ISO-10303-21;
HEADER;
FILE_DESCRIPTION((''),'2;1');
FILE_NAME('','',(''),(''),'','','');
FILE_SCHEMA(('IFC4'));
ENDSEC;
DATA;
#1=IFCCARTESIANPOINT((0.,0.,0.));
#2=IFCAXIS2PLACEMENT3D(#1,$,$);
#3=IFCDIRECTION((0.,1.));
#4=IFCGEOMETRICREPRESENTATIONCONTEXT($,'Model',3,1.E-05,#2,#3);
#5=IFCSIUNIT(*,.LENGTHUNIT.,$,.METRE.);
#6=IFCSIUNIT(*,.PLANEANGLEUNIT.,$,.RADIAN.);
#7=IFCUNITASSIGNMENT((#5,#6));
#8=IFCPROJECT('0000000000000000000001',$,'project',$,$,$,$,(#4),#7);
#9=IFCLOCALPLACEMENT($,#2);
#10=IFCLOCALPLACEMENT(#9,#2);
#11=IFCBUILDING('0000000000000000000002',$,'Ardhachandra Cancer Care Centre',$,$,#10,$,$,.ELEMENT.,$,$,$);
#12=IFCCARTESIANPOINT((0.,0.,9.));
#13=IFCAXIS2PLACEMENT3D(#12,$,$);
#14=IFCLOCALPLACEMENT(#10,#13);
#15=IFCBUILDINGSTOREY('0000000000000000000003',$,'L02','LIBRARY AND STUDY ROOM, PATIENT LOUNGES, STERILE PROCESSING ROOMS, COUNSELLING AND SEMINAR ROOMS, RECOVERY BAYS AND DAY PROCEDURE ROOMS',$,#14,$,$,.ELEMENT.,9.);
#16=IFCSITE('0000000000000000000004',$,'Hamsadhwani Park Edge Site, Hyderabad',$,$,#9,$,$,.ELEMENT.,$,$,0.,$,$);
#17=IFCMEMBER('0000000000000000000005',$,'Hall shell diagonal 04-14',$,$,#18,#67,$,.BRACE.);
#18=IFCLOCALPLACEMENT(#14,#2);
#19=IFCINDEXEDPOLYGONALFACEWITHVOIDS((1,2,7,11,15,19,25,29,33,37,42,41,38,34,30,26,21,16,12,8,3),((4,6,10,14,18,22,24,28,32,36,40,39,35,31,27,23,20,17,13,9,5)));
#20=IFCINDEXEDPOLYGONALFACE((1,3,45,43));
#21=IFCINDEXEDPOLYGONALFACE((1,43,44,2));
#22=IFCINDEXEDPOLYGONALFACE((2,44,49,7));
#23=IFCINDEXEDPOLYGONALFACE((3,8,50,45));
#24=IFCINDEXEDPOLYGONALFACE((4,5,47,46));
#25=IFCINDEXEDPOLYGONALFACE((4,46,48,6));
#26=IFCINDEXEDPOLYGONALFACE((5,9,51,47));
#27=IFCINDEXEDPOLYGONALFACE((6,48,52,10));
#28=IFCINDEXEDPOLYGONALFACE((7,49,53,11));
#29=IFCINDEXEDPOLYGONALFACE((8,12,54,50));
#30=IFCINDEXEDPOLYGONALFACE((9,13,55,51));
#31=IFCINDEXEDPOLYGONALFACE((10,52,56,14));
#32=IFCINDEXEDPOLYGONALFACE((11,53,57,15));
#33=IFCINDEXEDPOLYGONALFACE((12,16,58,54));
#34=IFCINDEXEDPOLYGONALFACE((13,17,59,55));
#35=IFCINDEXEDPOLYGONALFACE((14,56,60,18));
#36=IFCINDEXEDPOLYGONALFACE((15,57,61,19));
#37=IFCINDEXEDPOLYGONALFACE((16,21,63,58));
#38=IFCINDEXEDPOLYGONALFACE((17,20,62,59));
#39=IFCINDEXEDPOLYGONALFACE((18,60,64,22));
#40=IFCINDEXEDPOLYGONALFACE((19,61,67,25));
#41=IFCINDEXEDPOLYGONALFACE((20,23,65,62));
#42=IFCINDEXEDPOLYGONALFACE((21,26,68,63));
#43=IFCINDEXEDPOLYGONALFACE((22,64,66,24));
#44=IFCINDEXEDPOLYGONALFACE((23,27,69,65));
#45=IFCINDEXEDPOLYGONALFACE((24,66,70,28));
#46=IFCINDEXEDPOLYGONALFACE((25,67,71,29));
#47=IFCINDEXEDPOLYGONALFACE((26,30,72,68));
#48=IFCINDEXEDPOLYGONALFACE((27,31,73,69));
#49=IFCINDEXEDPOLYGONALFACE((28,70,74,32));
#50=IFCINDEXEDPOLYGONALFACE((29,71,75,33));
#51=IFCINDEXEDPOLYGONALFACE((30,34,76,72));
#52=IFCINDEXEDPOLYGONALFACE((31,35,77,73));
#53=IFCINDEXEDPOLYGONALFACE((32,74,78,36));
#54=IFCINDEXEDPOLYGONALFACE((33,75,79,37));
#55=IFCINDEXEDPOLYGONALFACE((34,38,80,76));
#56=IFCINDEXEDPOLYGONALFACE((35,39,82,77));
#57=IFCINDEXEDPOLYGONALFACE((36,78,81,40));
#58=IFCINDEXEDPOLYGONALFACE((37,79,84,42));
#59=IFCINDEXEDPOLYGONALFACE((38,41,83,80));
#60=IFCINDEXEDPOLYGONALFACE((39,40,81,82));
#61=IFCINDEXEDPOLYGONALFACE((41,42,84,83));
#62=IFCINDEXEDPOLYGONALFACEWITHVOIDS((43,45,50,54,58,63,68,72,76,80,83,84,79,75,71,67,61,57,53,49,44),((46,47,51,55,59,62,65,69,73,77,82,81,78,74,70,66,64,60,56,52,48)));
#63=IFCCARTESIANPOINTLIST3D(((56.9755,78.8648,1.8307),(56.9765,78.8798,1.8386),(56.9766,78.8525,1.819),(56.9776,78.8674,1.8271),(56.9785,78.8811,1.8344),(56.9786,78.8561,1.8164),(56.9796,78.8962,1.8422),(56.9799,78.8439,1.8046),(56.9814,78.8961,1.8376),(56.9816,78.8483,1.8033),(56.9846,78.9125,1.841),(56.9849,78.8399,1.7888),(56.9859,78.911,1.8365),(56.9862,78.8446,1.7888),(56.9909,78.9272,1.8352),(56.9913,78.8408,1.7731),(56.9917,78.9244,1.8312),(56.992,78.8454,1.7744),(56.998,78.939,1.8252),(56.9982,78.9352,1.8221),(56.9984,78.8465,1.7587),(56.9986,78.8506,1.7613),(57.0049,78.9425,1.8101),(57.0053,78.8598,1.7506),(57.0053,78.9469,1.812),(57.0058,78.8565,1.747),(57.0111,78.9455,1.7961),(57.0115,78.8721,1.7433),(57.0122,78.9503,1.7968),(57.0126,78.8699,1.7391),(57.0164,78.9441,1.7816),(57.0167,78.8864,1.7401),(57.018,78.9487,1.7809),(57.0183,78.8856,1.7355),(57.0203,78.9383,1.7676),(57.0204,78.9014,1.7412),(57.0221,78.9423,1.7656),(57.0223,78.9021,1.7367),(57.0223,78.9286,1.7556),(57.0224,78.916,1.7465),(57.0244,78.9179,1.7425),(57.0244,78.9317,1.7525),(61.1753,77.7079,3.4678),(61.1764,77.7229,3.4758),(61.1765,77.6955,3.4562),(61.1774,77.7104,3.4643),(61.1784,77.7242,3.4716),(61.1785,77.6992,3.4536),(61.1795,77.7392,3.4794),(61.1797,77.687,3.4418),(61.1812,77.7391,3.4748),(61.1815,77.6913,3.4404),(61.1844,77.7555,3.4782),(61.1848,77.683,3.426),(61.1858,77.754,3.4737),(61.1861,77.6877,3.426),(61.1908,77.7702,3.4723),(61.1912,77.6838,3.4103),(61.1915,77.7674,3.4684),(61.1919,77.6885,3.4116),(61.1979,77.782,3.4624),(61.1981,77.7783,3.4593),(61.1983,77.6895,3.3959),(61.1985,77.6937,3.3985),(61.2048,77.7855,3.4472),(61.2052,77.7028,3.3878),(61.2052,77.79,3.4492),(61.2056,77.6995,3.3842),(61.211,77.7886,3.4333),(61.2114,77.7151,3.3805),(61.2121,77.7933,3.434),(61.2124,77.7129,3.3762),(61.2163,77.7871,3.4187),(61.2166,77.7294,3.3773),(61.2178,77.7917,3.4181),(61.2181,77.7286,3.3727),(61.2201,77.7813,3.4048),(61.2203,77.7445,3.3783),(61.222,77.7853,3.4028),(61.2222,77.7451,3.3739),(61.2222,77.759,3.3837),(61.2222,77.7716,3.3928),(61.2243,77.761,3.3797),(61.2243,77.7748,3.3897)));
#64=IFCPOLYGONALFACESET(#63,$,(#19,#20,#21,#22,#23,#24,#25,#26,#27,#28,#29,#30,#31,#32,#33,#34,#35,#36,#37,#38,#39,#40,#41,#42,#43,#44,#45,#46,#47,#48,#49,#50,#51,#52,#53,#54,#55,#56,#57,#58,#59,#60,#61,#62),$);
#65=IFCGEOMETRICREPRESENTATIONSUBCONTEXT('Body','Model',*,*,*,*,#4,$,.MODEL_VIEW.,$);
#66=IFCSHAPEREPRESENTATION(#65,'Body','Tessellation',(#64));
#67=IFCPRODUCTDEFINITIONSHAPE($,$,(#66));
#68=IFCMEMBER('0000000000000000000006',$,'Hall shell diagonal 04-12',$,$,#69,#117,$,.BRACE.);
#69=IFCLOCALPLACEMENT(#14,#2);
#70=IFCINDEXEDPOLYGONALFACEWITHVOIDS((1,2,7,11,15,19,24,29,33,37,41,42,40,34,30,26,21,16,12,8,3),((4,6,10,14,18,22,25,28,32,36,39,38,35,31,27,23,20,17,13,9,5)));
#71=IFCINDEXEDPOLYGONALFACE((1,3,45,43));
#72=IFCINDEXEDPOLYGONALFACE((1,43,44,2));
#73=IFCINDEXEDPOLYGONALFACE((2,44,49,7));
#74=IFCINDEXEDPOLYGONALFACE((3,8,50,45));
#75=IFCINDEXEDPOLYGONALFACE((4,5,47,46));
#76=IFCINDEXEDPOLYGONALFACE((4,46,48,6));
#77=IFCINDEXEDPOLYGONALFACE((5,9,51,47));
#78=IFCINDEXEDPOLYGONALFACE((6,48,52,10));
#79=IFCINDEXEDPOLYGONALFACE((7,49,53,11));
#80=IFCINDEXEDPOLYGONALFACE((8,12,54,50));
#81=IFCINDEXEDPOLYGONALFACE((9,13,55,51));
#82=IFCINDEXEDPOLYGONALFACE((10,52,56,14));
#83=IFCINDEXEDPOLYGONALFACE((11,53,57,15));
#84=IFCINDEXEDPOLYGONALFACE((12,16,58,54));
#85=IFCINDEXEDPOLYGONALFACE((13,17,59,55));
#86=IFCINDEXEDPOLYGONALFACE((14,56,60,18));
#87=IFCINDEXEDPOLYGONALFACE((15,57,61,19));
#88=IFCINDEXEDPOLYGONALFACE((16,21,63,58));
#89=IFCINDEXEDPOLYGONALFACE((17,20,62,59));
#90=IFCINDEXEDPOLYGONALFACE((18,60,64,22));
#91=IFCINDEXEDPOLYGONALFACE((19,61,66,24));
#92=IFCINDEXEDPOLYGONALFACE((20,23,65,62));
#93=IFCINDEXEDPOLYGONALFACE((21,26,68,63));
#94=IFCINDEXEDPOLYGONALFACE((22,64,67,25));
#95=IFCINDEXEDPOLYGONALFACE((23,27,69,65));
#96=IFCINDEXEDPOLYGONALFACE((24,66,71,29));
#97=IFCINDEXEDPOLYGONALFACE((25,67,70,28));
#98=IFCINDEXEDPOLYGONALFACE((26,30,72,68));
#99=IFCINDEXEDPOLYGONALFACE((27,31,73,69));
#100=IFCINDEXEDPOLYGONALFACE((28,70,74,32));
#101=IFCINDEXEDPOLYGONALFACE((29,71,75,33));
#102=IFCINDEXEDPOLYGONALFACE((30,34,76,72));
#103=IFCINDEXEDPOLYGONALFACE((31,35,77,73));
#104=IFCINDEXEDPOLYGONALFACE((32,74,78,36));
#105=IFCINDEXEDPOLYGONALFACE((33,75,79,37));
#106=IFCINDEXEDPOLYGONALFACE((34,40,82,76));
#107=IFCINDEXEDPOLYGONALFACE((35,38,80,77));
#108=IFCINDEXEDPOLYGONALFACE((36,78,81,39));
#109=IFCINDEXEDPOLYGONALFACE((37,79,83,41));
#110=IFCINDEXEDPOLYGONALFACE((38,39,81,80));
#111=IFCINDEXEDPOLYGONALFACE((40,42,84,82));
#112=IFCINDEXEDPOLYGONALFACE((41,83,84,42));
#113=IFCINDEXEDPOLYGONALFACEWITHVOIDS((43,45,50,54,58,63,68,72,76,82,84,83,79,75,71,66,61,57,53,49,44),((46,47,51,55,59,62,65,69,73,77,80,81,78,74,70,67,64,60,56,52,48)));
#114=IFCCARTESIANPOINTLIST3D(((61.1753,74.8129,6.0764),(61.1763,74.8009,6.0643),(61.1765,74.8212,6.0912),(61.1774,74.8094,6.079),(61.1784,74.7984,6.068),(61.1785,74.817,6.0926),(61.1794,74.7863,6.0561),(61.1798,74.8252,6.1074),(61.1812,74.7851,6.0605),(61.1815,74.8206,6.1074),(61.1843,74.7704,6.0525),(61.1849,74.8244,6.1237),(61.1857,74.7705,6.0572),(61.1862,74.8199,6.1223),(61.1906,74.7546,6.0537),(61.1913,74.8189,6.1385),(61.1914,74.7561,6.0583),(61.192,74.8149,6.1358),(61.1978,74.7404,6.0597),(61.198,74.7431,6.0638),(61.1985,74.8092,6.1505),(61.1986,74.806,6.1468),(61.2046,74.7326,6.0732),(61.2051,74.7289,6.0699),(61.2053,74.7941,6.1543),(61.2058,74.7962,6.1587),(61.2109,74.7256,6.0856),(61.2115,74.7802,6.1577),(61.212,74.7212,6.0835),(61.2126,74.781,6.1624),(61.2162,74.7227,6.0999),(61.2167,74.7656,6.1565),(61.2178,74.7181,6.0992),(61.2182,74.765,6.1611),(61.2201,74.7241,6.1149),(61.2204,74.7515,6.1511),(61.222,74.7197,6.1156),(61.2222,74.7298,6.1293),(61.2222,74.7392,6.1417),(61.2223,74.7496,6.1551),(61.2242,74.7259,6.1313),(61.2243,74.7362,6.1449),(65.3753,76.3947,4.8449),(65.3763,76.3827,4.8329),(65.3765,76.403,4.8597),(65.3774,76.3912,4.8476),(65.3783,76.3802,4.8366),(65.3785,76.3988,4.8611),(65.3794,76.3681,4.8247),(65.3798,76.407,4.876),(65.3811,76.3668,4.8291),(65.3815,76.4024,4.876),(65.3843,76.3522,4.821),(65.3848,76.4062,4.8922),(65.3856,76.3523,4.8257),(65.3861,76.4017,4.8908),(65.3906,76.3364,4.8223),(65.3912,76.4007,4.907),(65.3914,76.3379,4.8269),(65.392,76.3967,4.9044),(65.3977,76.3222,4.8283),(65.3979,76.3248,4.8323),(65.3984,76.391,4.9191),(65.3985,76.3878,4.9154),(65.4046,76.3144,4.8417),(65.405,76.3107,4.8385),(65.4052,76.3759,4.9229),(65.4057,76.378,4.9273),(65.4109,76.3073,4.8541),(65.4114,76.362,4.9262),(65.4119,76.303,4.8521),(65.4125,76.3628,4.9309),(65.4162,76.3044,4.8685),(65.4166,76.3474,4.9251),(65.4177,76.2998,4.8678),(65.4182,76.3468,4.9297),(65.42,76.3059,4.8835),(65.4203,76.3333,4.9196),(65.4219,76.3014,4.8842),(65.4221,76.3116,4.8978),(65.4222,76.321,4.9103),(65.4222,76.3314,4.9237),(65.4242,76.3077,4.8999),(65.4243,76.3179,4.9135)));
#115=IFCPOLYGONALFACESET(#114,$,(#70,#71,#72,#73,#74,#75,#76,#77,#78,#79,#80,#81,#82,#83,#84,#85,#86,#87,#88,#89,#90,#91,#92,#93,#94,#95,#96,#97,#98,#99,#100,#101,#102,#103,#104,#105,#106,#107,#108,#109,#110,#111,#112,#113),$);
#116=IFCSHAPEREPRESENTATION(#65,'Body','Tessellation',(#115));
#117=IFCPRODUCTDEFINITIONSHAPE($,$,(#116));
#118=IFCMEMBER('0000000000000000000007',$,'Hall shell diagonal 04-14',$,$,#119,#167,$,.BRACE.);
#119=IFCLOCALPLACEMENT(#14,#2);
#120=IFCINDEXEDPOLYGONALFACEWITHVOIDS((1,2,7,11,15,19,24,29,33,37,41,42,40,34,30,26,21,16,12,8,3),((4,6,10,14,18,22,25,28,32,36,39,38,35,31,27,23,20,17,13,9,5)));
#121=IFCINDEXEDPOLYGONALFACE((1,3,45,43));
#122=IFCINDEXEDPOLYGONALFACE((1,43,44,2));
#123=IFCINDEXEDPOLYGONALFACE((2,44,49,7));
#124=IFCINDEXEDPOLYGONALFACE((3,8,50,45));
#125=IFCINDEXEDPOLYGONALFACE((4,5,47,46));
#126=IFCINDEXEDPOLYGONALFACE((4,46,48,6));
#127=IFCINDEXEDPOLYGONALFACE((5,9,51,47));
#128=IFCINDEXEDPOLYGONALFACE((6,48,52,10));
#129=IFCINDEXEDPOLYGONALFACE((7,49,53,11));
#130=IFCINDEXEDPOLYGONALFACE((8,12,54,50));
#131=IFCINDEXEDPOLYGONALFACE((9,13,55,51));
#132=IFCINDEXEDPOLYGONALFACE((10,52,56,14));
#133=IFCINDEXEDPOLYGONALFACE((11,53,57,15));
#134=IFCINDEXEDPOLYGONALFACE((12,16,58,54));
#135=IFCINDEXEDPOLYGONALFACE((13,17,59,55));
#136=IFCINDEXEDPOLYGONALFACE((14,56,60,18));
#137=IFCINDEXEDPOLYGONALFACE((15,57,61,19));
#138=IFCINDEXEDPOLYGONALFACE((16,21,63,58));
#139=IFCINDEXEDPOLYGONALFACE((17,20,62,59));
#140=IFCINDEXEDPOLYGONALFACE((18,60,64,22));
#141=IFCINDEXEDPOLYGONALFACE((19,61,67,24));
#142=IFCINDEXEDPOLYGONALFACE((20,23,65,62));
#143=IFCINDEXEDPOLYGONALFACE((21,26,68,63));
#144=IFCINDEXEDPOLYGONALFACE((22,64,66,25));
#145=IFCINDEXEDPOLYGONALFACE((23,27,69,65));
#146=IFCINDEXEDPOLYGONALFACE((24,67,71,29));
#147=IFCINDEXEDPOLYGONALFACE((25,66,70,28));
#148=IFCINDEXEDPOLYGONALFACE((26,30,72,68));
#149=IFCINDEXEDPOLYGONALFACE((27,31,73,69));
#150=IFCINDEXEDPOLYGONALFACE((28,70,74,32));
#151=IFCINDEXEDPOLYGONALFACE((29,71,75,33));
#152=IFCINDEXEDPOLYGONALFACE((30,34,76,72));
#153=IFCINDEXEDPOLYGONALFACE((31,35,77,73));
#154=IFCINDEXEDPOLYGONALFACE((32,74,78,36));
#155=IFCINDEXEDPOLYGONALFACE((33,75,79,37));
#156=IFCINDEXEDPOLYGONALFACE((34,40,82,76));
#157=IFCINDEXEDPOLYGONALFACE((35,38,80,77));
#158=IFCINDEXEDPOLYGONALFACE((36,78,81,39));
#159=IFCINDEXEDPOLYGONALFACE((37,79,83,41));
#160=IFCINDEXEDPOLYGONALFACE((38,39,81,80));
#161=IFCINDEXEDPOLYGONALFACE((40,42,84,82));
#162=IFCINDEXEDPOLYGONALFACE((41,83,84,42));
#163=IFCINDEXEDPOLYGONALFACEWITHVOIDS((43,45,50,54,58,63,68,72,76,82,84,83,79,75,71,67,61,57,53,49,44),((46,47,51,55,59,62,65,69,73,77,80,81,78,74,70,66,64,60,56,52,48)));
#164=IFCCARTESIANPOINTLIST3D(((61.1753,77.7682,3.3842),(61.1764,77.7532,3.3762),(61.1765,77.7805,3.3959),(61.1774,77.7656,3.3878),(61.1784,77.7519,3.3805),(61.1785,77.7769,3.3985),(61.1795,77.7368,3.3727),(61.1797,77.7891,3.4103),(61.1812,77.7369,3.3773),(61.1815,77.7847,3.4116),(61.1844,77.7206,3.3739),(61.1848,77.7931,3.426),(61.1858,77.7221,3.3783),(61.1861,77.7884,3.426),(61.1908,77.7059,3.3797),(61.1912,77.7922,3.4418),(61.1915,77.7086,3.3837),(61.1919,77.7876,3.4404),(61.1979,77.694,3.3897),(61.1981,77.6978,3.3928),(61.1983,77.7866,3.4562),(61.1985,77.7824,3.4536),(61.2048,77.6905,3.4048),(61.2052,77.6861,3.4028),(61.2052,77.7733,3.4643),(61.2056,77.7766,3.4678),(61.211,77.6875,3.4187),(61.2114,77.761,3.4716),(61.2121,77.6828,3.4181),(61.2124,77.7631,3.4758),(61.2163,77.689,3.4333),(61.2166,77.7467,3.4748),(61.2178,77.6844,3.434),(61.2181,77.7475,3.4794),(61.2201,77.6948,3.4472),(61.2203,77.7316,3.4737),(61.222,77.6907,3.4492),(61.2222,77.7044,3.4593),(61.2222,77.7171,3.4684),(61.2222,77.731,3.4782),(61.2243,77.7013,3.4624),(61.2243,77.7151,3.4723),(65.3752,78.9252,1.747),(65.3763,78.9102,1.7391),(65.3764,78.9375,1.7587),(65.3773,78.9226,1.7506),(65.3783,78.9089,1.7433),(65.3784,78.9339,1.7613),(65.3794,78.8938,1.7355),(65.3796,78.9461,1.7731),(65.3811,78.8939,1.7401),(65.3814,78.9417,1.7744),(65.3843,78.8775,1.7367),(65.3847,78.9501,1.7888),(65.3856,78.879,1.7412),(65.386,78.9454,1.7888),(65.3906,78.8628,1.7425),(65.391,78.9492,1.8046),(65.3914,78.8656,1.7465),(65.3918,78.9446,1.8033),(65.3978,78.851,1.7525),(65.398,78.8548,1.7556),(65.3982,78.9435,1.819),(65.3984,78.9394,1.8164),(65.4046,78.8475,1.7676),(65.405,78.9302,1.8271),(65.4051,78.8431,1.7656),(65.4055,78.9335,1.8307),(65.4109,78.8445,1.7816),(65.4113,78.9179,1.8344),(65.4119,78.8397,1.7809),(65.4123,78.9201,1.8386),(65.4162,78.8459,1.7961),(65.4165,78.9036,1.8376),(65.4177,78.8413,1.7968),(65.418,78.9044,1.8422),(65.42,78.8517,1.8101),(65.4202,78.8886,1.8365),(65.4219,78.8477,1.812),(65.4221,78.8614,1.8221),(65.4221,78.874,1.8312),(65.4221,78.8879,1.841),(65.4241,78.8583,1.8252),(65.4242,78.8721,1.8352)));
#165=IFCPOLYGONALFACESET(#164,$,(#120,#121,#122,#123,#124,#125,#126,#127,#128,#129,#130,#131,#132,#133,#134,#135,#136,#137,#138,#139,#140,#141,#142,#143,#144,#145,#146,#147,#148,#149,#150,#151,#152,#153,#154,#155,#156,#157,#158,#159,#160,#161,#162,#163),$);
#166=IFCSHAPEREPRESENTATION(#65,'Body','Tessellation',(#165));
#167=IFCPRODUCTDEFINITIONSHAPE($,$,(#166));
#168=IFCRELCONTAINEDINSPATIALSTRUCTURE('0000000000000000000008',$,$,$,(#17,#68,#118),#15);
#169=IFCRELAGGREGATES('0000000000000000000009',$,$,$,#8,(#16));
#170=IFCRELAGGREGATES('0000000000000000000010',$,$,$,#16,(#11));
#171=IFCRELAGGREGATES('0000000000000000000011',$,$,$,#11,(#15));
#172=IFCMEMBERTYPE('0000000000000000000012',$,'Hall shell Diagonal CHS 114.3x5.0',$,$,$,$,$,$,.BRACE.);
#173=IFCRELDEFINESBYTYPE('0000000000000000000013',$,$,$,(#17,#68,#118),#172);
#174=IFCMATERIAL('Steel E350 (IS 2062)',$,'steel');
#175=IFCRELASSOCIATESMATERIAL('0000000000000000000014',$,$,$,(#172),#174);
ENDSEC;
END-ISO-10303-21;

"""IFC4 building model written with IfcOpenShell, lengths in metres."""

from ifc_helpers import new_model, si_unit, direction, frame, origin, origin_2d, place, context, subcontext, project, spatial, hollow_circle, extrude, material, material_profile, profile_set, type_object, element, save


model = new_model("IFC4")

# Units and contexts
model_context = context("Model", 3, precision=1e-05, world=origin(), true_north=direction((0.0, 1.0)))
body_context = subcontext(model_context, "Body", "Model", "MODEL_VIEW")
ifc_project = project(units=[si_unit("LENGTHUNIT", "METRE"), si_unit("PLANEANGLEUNIT", "RADIAN")], contexts=[model_context])

# Site, building, storey
site_placement = place(None, origin())
site = spatial("IfcSite", under=ifc_project, at=site_placement, Name="Hamsadhwani Park Edge Site, Hyderabad", CompositionType="ELEMENT", RefElevation=0.0)
building_placement = place(site_placement, origin())
building = spatial("IfcBuilding", under=site, at=building_placement, Name="Ardhachandra Cancer Care Centre", CompositionType="ELEMENT")
storey_placement = place(building_placement, frame((0.0, 0.0, 9.0)))
storey = spatial("IfcBuildingStorey", under=building, at=storey_placement, Name="L02", Description="LIBRARY AND STUDY ROOM, PATIENT LOUNGES, STERILE PROCESSING ROOMS, COUNSELLING AND SEMINAR ROOMS, RECOVERY BAYS AND DAY PROCEDURE ROOMS", CompositionType="ELEMENT", Elevation=9.0)

# Members
ifc_material_1 = material(Name="Steel E350 (IS 2062)", Category="steel")
ifc_material_profile_1 = material_profile(ifc_material_1, hollow_circle(Radius=0.0571, WallThickness=0.0049, at=origin_2d()), Name="CHS 114.3x5.0")
ifc_profile_set_1 = profile_set([ifc_material_profile_1], Name="Steel E350 (IS 2062)")
member_type_1 = type_object("IfcMemberType", Name="Hall shell Diagonal CHS 114.3x5.0", PredefinedType="BRACE", material=ifc_profile_set_1)
for number, where, z_axis, x_axis, name in (
    (1, (61.2, 77.738, 3.426), (-0.902461, 0.248606, -0.351794), (-0.265582, -0.964088, 0.0), "Hall shell diagonal 04-14"),
    (2, (61.2, 74.7717, 6.1074), (0.902473, 0.33989, -0.264609), (-0.352453, 0.93583, 0.0), "Hall shell diagonal 04-12"),
    (3, (61.2, 77.738, 3.426), (0.902461, 0.248606, -0.351794), (-0.265582, 0.964088, 0.0), "Hall shell diagonal 04-14"),
):
    element("IfcMember", number, at=place(storey_placement, frame(where, z_axis=z_axis, x_axis=x_axis)), inside=storey, type_object=member_type_1, Name=name, PredefinedType="BRACE", context=body_context, shape_type="SweptSolid", body=[
        extrude(hollow_circle(Radius=0.0571, WallThickness=0.0049, at=origin_2d()), origin(), (0.0, 0.0, 1.0), 4.6538),
    ])

save(model, "model.ifc")
